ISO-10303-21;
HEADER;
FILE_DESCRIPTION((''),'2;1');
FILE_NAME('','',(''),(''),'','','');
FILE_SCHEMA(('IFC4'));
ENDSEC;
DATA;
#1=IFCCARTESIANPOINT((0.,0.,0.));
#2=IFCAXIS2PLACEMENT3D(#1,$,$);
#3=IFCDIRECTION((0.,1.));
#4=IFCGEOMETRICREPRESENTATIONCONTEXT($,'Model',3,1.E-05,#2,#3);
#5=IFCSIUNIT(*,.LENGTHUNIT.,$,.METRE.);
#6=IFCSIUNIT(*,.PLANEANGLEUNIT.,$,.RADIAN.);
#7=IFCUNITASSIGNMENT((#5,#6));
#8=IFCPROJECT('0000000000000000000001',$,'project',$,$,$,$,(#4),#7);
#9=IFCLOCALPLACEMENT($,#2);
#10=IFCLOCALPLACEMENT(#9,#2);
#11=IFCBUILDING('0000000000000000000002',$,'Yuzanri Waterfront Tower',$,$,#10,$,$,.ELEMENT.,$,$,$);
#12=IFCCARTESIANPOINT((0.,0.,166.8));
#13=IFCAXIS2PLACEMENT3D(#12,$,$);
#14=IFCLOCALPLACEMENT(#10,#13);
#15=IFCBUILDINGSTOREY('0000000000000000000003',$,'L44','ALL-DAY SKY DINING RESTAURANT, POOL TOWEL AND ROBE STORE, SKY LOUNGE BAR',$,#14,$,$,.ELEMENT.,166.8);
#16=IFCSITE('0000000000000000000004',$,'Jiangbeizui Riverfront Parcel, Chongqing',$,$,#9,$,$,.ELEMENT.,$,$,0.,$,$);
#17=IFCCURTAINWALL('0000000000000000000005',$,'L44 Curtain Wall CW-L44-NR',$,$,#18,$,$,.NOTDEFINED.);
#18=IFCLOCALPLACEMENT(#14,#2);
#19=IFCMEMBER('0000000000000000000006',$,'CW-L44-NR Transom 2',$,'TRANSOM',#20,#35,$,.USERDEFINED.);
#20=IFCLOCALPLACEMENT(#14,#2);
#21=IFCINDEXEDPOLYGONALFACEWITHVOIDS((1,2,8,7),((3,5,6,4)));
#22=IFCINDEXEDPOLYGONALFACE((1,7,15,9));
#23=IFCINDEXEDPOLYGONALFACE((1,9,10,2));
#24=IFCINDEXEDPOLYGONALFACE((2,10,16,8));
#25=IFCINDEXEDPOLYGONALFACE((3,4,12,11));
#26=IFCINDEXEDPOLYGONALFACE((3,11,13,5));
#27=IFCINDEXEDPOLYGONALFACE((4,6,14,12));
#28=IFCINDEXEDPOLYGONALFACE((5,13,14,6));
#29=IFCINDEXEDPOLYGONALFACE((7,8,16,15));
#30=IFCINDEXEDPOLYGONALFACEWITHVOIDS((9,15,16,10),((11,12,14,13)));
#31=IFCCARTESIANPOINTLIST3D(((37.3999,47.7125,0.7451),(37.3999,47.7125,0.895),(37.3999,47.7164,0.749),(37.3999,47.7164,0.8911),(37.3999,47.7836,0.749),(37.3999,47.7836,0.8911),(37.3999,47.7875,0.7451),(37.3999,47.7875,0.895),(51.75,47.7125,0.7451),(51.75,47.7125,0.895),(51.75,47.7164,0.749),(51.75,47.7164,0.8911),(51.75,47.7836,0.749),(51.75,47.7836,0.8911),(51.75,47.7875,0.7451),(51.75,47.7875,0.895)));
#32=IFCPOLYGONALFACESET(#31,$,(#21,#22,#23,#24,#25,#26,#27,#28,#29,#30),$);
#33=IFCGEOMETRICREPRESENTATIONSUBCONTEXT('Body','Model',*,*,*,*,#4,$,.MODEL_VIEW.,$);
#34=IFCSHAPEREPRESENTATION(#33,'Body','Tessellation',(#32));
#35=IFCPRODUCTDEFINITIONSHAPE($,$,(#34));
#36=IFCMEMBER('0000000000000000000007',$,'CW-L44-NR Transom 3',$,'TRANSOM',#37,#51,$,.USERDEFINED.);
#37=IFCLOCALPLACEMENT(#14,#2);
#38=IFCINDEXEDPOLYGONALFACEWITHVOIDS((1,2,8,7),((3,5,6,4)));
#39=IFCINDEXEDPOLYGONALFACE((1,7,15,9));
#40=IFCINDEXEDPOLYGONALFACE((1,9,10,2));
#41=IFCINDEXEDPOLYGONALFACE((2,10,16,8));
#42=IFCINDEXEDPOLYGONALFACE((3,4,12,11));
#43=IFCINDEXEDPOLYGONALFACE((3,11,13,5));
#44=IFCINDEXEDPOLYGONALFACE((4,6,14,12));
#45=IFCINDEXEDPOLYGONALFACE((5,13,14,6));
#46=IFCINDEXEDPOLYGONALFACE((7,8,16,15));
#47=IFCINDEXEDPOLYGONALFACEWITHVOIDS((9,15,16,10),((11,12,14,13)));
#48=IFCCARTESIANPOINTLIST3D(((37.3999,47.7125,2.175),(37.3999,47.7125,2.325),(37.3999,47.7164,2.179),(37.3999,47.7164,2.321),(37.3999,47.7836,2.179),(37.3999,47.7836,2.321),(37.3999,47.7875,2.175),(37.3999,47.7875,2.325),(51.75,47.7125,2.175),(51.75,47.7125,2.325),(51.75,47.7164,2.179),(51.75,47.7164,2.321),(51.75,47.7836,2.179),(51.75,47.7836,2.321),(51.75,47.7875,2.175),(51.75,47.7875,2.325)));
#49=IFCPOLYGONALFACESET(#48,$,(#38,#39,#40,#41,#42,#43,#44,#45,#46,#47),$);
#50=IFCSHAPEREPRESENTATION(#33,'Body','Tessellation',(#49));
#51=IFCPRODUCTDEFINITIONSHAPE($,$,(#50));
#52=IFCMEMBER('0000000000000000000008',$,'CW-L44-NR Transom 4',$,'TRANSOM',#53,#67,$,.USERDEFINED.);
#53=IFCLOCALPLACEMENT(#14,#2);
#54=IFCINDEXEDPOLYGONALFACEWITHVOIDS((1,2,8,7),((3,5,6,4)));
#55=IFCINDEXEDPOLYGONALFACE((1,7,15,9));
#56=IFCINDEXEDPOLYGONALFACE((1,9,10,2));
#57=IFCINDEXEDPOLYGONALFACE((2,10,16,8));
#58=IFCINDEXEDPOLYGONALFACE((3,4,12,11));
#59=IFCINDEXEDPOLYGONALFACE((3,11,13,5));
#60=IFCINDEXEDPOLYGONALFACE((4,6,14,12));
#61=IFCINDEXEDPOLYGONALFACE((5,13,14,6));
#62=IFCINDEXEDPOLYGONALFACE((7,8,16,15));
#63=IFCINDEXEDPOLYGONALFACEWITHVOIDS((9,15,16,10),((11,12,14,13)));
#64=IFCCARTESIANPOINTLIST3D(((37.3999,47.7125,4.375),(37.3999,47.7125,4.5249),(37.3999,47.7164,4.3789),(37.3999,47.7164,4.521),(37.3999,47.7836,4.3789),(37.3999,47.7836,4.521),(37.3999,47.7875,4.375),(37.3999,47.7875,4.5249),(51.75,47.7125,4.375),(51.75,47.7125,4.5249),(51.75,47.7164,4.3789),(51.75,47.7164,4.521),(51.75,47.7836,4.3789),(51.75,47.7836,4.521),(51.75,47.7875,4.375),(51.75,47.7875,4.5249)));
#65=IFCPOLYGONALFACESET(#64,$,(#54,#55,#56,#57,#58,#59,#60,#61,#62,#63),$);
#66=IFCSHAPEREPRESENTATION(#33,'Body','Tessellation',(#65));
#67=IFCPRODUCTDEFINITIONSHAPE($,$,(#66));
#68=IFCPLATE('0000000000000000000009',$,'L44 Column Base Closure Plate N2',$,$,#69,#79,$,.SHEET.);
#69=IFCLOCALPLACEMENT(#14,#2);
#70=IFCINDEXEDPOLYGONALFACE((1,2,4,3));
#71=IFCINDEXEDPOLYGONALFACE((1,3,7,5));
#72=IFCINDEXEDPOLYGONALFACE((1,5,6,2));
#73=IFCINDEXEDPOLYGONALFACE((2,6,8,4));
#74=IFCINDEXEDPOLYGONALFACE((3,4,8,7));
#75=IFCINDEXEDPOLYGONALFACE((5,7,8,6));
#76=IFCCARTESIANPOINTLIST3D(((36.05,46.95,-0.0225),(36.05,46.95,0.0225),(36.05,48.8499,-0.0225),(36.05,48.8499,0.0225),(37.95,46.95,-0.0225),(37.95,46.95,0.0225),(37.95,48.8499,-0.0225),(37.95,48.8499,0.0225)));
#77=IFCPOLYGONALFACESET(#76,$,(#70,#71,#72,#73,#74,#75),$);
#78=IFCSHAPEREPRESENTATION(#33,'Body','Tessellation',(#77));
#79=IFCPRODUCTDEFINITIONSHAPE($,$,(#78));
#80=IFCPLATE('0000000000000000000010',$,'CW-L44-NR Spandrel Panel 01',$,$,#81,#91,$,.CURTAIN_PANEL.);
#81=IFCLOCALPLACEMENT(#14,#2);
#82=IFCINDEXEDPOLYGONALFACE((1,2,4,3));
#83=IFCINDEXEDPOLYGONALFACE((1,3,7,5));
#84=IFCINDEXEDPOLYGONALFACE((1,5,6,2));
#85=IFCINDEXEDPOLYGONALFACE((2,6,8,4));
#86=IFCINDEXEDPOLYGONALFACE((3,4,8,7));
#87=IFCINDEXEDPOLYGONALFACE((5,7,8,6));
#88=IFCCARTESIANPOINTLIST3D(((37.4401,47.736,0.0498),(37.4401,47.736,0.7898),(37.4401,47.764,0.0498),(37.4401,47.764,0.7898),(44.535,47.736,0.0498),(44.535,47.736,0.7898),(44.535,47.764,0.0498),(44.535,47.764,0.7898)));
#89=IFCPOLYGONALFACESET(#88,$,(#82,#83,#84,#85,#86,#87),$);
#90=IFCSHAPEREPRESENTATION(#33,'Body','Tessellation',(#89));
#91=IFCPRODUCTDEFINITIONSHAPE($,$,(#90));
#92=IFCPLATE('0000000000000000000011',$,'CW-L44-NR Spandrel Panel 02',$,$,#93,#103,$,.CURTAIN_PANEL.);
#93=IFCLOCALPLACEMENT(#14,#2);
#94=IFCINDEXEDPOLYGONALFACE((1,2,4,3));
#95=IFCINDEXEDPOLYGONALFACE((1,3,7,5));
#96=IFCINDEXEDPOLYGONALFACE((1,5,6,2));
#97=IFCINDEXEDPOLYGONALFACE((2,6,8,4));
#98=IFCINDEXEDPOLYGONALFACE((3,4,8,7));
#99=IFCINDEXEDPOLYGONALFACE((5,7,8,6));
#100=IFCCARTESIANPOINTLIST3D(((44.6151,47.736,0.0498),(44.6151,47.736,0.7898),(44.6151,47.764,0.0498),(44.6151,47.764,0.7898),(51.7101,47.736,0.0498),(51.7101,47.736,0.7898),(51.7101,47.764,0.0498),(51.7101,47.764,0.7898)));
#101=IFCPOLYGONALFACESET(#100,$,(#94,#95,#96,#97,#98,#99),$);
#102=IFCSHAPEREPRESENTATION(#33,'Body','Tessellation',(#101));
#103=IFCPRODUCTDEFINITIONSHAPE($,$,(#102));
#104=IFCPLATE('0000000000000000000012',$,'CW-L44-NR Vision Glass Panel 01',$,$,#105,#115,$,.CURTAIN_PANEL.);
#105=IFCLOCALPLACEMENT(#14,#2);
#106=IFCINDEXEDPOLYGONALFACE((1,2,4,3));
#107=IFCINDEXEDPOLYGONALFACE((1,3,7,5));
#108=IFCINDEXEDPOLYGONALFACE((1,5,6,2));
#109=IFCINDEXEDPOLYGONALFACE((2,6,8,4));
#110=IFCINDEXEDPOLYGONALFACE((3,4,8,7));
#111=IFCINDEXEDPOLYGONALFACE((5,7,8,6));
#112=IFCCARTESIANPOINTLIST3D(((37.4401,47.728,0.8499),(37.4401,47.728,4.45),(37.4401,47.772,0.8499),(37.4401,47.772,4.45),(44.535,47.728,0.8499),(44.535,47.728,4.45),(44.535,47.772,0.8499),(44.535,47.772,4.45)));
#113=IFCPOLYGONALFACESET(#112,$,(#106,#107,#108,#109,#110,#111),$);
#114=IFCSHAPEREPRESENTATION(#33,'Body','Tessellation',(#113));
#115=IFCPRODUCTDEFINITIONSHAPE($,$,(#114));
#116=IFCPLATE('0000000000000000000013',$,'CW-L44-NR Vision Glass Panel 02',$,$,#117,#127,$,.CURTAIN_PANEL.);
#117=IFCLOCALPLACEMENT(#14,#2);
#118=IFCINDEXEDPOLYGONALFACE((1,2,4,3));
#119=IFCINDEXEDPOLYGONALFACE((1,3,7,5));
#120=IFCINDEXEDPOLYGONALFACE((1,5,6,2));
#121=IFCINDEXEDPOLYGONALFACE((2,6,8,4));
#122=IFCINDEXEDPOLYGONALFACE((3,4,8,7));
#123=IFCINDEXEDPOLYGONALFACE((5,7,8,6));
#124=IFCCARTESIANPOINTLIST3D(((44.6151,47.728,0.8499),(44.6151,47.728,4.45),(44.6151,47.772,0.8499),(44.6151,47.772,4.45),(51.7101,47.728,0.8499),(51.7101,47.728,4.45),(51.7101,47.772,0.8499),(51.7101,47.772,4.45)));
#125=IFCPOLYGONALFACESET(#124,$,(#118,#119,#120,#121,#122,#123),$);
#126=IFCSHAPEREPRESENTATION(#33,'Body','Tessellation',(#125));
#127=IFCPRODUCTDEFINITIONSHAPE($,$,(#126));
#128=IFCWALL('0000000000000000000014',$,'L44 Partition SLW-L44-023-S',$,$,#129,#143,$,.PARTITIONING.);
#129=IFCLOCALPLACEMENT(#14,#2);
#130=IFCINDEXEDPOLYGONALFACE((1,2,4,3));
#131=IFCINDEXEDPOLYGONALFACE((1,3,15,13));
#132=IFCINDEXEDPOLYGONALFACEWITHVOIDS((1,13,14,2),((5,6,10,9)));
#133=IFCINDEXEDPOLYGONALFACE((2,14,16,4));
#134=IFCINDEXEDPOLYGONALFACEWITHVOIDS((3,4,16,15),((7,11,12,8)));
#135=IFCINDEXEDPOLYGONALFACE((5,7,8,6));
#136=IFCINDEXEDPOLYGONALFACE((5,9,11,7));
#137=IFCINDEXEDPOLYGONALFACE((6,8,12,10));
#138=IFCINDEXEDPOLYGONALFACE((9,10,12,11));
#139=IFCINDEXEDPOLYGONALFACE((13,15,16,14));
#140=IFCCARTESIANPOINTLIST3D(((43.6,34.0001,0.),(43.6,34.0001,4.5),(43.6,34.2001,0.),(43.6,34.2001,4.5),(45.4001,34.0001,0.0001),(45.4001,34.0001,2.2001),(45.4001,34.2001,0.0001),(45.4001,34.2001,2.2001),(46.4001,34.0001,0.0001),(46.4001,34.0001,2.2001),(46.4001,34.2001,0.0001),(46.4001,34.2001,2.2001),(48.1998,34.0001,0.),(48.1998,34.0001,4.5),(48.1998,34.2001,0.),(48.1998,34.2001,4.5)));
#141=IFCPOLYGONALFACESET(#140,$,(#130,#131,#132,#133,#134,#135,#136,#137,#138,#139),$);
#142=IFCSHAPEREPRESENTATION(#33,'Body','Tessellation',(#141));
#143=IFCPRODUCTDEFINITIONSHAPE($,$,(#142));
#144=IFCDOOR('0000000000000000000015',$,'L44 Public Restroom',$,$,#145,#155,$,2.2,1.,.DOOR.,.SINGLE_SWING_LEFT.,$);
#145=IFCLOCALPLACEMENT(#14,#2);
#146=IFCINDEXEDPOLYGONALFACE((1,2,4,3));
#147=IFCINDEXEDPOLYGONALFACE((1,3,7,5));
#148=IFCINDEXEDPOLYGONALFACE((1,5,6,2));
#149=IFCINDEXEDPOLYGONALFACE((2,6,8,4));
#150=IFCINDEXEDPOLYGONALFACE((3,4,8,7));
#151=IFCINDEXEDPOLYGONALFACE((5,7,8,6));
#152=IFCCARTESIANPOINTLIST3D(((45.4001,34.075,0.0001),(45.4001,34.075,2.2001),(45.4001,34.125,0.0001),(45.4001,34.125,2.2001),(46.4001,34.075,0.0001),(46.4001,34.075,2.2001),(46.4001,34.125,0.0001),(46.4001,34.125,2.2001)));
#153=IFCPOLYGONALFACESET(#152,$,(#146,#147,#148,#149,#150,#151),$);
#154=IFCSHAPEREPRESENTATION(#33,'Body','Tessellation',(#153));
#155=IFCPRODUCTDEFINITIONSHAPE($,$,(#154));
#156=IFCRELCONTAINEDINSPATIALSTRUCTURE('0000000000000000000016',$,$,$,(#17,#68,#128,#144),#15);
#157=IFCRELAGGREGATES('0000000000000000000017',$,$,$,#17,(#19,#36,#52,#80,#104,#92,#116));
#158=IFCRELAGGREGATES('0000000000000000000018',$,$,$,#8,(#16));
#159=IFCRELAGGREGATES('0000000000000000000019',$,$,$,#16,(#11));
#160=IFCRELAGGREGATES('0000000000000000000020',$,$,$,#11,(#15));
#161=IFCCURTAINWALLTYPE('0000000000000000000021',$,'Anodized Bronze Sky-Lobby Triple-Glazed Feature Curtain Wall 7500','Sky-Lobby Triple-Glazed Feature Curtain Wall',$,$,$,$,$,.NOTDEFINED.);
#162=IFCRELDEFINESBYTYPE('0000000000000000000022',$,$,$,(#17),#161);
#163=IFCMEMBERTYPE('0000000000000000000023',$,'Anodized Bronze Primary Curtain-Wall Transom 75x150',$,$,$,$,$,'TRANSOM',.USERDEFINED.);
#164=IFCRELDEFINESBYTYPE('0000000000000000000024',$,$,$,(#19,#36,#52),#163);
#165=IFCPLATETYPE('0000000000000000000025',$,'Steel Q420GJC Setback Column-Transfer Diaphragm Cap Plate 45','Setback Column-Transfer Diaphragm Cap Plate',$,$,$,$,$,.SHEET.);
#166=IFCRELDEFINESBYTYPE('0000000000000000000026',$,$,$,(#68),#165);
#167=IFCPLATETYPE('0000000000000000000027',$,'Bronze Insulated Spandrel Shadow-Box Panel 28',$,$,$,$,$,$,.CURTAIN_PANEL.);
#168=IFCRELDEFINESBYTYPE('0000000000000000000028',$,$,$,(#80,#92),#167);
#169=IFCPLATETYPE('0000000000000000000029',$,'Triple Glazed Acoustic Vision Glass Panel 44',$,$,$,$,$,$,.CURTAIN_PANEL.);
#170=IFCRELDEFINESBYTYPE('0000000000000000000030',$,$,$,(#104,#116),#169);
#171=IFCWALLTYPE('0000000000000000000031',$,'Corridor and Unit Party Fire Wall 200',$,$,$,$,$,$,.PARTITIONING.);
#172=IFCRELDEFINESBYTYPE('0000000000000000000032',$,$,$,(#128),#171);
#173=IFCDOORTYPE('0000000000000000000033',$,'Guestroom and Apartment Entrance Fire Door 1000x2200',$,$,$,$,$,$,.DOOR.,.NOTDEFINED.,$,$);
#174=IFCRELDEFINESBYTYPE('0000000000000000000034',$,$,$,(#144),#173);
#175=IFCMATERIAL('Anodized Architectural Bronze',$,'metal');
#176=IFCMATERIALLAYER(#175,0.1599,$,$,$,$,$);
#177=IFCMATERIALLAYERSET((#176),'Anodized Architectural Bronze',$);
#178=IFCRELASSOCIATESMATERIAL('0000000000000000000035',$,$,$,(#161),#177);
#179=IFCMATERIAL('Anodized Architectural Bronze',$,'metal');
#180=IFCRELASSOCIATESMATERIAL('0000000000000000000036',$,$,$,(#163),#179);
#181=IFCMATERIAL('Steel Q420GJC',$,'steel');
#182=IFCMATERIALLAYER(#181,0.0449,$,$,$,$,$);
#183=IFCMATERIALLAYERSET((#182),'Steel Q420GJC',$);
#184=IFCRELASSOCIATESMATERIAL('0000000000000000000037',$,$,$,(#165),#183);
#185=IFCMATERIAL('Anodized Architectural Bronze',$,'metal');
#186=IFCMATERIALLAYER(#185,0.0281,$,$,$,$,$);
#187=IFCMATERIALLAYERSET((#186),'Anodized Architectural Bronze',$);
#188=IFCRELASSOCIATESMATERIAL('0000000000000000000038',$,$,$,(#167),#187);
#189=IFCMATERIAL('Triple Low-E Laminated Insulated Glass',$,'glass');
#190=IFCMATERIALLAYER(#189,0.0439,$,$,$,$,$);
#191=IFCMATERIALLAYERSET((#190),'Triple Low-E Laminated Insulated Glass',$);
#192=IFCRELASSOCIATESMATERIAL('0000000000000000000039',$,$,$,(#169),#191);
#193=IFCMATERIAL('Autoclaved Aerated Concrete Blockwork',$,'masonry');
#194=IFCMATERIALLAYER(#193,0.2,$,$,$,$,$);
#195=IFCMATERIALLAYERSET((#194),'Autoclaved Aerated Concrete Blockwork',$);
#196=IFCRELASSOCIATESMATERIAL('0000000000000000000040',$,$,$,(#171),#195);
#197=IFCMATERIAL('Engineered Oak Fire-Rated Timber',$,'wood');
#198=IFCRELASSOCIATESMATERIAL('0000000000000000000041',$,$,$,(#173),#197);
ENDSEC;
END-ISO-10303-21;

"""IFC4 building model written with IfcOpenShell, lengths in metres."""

from ifc_helpers import new_model, si_unit, direction, frame, frame_2d, origin, origin_2d, place, context, subcontext, project, spatial, rectangle, hollow_rectangle, extrude, source, transform, mapped, material, layer, layer_set, material_profile, profile_set, type_object, element, fill, aggregate, save


model = new_model("IFC4")

# Units and contexts
model_context = context("Model", 3, precision=1e-05, world=origin(), true_north=direction((0.0, 1.0)))
body_context = subcontext(model_context, "Body", "Model", "MODEL_VIEW")
ifc_project = project(units=[si_unit("LENGTHUNIT", "METRE"), si_unit("PLANEANGLEUNIT", "RADIAN")], contexts=[model_context])

# Site, building, storey
site_placement = place(None, origin())
site = spatial("IfcSite", under=ifc_project, at=site_placement, Name="Jiangbeizui Riverfront Parcel, Chongqing", CompositionType="ELEMENT", RefElevation=0.0)
building_placement = place(site_placement, origin())
building = spatial("IfcBuilding", under=site, at=building_placement, Name="Yuzanri Waterfront Tower", CompositionType="ELEMENT")
storey_placement = place(building_placement, frame((0.0, 0.0, 166.8)))
storey = spatial("IfcBuildingStorey", under=building, at=storey_placement, Name="L44", Description="ALL-DAY SKY DINING RESTAURANT, POOL TOWEL AND ROBE STORE, SKY LOUNGE BAR", CompositionType="ELEMENT", Elevation=166.8)

# Shared definitions
ifc_material_1 = material(Name="Anodized Architectural Bronze", Category="metal")
ifc_layer_1 = layer(ifc_material_1, 0.1599)
ifc_layer_set_1 = layer_set([ifc_layer_1], Name="Anodized Architectural Bronze")
curtain_wall_type = type_object("IfcCurtainWallType", Name="Anodized Bronze Sky-Lobby Triple-Glazed Feature Curtain Wall 7500", Description="Sky-Lobby Triple-Glazed Feature Curtain Wall", PredefinedType="NOTDEFINED", material=ifc_layer_set_1)

# Curtain wall, members
curtain_wall_1_placement = place(storey_placement, origin())
curtain_wall_1 = element("IfcCurtainWall", 1, at=curtain_wall_1_placement, inside=storey, type_object=curtain_wall_type, Name="L44 Curtain Wall CW-L44-NR", PredefinedType="NOTDEFINED")
ifc_material_2 = material(Name="Anodized Architectural Bronze", Category="metal")
ifc_material_profile_1 = material_profile(ifc_material_2, hollow_rectangle(XDim=0.075, YDim=0.1499, WallThickness=0.0039, at=origin_2d()), Name="CWT 75x150")
ifc_profile_set_1 = profile_set([ifc_material_profile_1], Name="Anodized Architectural Bronze")
member_type_1 = type_object("IfcMemberType", Name="Anodized Bronze Primary Curtain-Wall Transom 75x150", ElementType="TRANSOM", PredefinedType="USERDEFINED", material=ifc_profile_set_1)
shared_shape_1 = source(origin(), body_context, "Body", "SweptSolid", [
    extrude(hollow_rectangle(XDim=0.075, YDim=0.1499, WallThickness=0.0039, at=origin_2d()), origin(), (0.0, 0.0, 1.0), 14.3501),
])
member_1_placement = place(storey_placement, frame((37.3999, 47.75, 0.8201), z_axis=(1.0, 0.0, 0.0), x_axis=(0.0, 1.0, 0.0)))
member_1 = element("IfcMember", 2, at=member_1_placement, type_object=member_type_1, Name="CW-L44-NR Transom 2", ObjectType="TRANSOM", PredefinedType="USERDEFINED", context=body_context, shape_type="MappedRepresentation", body=[
    mapped(shared_shape_1, transform((0.0, 0.0, 0.0), scale=1.0)),
])
member_2_placement = place(storey_placement, frame((37.3999, 47.75, 2.25), z_axis=(1.0, 0.0, 0.0), x_axis=(0.0, 1.0, 0.0)))
member_2 = element("IfcMember", 3, at=member_2_placement, type_object=member_type_1, Name="CW-L44-NR Transom 3", ObjectType="TRANSOM", PredefinedType="USERDEFINED", context=body_context, shape_type="MappedRepresentation", body=[
    mapped(shared_shape_1, transform((0.0, 0.0, 0.0), scale=1.0)),
])
member_3_placement = place(storey_placement, frame((37.3999, 47.75, 4.45), z_axis=(1.0, 0.0, 0.0), x_axis=(0.0, 1.0, 0.0)))
member_3 = element("IfcMember", 4, at=member_3_placement, type_object=member_type_1, Name="CW-L44-NR Transom 4", ObjectType="TRANSOM", PredefinedType="USERDEFINED", context=body_context, shape_type="MappedRepresentation", body=[
    mapped(shared_shape_1, transform((0.0, 0.0, 0.0), scale=1.0)),
])

# Plates
ifc_material_3 = material(Name="Steel Q420GJC", Category="steel")
ifc_layer_2 = layer(ifc_material_3, 0.0449)
ifc_layer_set_2 = layer_set([ifc_layer_2], Name="Steel Q420GJC")
plate_type_1 = type_object("IfcPlateType", Name="Steel Q420GJC Setback Column-Transfer Diaphragm Cap Plate 45", Description="Setback Column-Transfer Diaphragm Cap Plate", PredefinedType="SHEET", material=ifc_layer_set_2)
shared_shape_2 = source(origin(), body_context, "Body", "SweptSolid", [
    extrude(rectangle(XDim=1.8999, YDim=1.8999, at=origin_2d()), origin(), (0.0, 0.0, 1.0), 0.0449),
])
plate_1_placement = place(storey_placement, frame((37.0, 47.8999, -0.0225), z_axis=(0.0, 0.0, 1.0), x_axis=(1.0, 0.0, 0.0)))
element("IfcPlate", 5, at=plate_1_placement, inside=storey, type_object=plate_type_1, Name="L44 Column Base Closure Plate N2", PredefinedType="SHEET", context=body_context, shape_type="MappedRepresentation", body=[
    mapped(shared_shape_2, transform((0.0, 0.0, 0.0), scale=1.0)),
])
ifc_material_4 = material(Name="Anodized Architectural Bronze", Category="metal")
ifc_layer_3 = layer(ifc_material_4, 0.0281)
ifc_layer_set_3 = layer_set([ifc_layer_3], Name="Anodized Architectural Bronze")
plate_type_2 = type_object("IfcPlateType", Name="Bronze Insulated Spandrel Shadow-Box Panel 28", PredefinedType="CURTAIN_PANEL", material=ifc_layer_set_3)
shared_shape_3 = source(origin(), body_context, "Body", "SweptSolid", [
    extrude(rectangle(XDim=7.095, YDim=0.0281, at=origin_2d()), origin(), (0.0, 0.0, 1.0), 0.74),
])
plate_2_placement = place(storey_placement, frame((40.9875, 47.75, 0.0498), z_axis=(0.0, 0.0, 1.0), x_axis=(1.0, 0.0, 0.0)))
plate_2 = element("IfcPlate", 6, at=plate_2_placement, type_object=plate_type_2, Name="CW-L44-NR Spandrel Panel 01", PredefinedType="CURTAIN_PANEL", context=body_context, shape_type="MappedRepresentation", body=[
    mapped(shared_shape_3, transform((0.0, 0.0, 0.0), scale=1.0)),
])
plate_3_placement = place(storey_placement, frame((48.1626, 47.75, 0.0498), z_axis=(0.0, 0.0, 1.0), x_axis=(1.0, 0.0, 0.0)))
plate_3 = element("IfcPlate", 7, at=plate_3_placement, type_object=plate_type_2, Name="CW-L44-NR Spandrel Panel 02", PredefinedType="CURTAIN_PANEL", context=body_context, shape_type="MappedRepresentation", body=[
    mapped(shared_shape_3, transform((0.0, 0.0, 0.0), scale=1.0)),
])
ifc_material_5 = material(Name="Triple Low-E Laminated Insulated Glass", Category="glass")
ifc_layer_4 = layer(ifc_material_5, 0.0439)
ifc_layer_set_4 = layer_set([ifc_layer_4], Name="Triple Low-E Laminated Insulated Glass")
plate_type_3 = type_object("IfcPlateType", Name="Triple Glazed Acoustic Vision Glass Panel 44", PredefinedType="CURTAIN_PANEL", material=ifc_layer_set_4)
shared_shape_4 = source(origin(), body_context, "Body", "SweptSolid", [
    extrude(rectangle(XDim=7.095, YDim=0.0439, at=origin_2d()), origin(), (0.0, 0.0, 1.0), 3.6001),
])
plate_4_placement = place(storey_placement, frame((40.9875, 47.75, 0.8499), z_axis=(0.0, 0.0, 1.0), x_axis=(1.0, 0.0, 0.0)))
plate_4 = element("IfcPlate", 8, at=plate_4_placement, type_object=plate_type_3, Name="CW-L44-NR Vision Glass Panel 01", PredefinedType="CURTAIN_PANEL", context=body_context, shape_type="MappedRepresentation", body=[
    mapped(shared_shape_4, transform((0.0, 0.0, 0.0), scale=1.0)),
])
plate_5_placement = place(storey_placement, frame((48.1626, 47.75, 0.8499), z_axis=(0.0, 0.0, 1.0), x_axis=(1.0, 0.0, 0.0)))
plate_5 = element("IfcPlate", 9, at=plate_5_placement, type_object=plate_type_3, Name="CW-L44-NR Vision Glass Panel 02", PredefinedType="CURTAIN_PANEL", context=body_context, shape_type="MappedRepresentation", body=[
    mapped(shared_shape_4, transform((0.0, 0.0, 0.0), scale=1.0)),
])
aggregate(curtain_wall_1, [member_1, member_2, member_3, plate_2, plate_4, plate_3, plate_5])

# Wall, opening, door
ifc_material_6 = material(Name="Autoclaved Aerated Concrete Blockwork", Category="masonry")
ifc_layer_5 = layer(ifc_material_6, 0.2)
ifc_layer_set_5 = layer_set([ifc_layer_5], Name="Autoclaved Aerated Concrete Blockwork")
wall_type_1 = type_object("IfcWallType", Name="Corridor and Unit Party Fire Wall 200", PredefinedType="PARTITIONING", material=ifc_layer_set_5)
wall_1_placement = place(storey_placement, frame((43.6001, 34.1001, 0.0), z_axis=(0.0, 0.0, 1.0), x_axis=(1.0, 0.0, 0.0)))
wall_1 = element("IfcWall", 10, at=wall_1_placement, inside=storey, type_object=wall_type_1, Name="L44 Partition SLW-L44-023-S", PredefinedType="PARTITIONING", context=body_context, shape_type="SweptSolid", body=[
    extrude(rectangle(XDim=4.5999, YDim=0.2, at=frame_2d((2.2998, 0.0))), origin(), (0.0, 0.0, 1.0), 4.5),
])
opening_1_placement = place(wall_1_placement, frame((1.8, 0.0, 0.0)))
opening_1 = element("IfcOpeningElement", 11, at=opening_1_placement, cuts=wall_1, PredefinedType="OPENING", context=body_context, shape_type="SweptSolid", body=[
    extrude(rectangle(XDim=1.0, YDim=2.2, at=frame_2d((0.5, 1.1001))), frame((0.0, 0.1147, 0.0), z_axis=(0.0, -1.0, 0.0), x_axis=(1.0, 0.0, 0.0)), (0.0, 0.0, 1.0), 0.2297),
])
ifc_material_7 = material(Name="Engineered Oak Fire-Rated Timber", Category="wood")
door_type = type_object("IfcDoorType", Name="Guestroom and Apartment Entrance Fire Door 1000x2200", OperationType="NOTDEFINED", PredefinedType="DOOR", material=ifc_material_7)
shared_shape_5 = source(origin(), body_context, "Body", "SweptSolid", [
    extrude(rectangle(XDim=1.0, YDim=2.2, at=frame_2d((0.5, 1.1001))), frame((0.0, 0.0249, 0.0), z_axis=(0.0, -1.0, 0.0), x_axis=(1.0, 0.0, 0.0)), (0.0, 0.0, 1.0), 0.05),
])
door_1_placement = place(opening_1_placement, origin())
door_1 = element("IfcDoor", 12, at=door_1_placement, inside=storey, type_object=door_type, Name="L44 Public Restroom", OperationType="SINGLE_SWING_LEFT", OverallHeight=2.2, OverallWidth=1.0, PredefinedType="DOOR", context=body_context, shape_type="MappedRepresentation", body=[
    mapped(shared_shape_5, transform((0.0, 0.0, 0.0), scale=1.0)),
])
fill(opening_1, door_1)

save(model, "model.ifc")
